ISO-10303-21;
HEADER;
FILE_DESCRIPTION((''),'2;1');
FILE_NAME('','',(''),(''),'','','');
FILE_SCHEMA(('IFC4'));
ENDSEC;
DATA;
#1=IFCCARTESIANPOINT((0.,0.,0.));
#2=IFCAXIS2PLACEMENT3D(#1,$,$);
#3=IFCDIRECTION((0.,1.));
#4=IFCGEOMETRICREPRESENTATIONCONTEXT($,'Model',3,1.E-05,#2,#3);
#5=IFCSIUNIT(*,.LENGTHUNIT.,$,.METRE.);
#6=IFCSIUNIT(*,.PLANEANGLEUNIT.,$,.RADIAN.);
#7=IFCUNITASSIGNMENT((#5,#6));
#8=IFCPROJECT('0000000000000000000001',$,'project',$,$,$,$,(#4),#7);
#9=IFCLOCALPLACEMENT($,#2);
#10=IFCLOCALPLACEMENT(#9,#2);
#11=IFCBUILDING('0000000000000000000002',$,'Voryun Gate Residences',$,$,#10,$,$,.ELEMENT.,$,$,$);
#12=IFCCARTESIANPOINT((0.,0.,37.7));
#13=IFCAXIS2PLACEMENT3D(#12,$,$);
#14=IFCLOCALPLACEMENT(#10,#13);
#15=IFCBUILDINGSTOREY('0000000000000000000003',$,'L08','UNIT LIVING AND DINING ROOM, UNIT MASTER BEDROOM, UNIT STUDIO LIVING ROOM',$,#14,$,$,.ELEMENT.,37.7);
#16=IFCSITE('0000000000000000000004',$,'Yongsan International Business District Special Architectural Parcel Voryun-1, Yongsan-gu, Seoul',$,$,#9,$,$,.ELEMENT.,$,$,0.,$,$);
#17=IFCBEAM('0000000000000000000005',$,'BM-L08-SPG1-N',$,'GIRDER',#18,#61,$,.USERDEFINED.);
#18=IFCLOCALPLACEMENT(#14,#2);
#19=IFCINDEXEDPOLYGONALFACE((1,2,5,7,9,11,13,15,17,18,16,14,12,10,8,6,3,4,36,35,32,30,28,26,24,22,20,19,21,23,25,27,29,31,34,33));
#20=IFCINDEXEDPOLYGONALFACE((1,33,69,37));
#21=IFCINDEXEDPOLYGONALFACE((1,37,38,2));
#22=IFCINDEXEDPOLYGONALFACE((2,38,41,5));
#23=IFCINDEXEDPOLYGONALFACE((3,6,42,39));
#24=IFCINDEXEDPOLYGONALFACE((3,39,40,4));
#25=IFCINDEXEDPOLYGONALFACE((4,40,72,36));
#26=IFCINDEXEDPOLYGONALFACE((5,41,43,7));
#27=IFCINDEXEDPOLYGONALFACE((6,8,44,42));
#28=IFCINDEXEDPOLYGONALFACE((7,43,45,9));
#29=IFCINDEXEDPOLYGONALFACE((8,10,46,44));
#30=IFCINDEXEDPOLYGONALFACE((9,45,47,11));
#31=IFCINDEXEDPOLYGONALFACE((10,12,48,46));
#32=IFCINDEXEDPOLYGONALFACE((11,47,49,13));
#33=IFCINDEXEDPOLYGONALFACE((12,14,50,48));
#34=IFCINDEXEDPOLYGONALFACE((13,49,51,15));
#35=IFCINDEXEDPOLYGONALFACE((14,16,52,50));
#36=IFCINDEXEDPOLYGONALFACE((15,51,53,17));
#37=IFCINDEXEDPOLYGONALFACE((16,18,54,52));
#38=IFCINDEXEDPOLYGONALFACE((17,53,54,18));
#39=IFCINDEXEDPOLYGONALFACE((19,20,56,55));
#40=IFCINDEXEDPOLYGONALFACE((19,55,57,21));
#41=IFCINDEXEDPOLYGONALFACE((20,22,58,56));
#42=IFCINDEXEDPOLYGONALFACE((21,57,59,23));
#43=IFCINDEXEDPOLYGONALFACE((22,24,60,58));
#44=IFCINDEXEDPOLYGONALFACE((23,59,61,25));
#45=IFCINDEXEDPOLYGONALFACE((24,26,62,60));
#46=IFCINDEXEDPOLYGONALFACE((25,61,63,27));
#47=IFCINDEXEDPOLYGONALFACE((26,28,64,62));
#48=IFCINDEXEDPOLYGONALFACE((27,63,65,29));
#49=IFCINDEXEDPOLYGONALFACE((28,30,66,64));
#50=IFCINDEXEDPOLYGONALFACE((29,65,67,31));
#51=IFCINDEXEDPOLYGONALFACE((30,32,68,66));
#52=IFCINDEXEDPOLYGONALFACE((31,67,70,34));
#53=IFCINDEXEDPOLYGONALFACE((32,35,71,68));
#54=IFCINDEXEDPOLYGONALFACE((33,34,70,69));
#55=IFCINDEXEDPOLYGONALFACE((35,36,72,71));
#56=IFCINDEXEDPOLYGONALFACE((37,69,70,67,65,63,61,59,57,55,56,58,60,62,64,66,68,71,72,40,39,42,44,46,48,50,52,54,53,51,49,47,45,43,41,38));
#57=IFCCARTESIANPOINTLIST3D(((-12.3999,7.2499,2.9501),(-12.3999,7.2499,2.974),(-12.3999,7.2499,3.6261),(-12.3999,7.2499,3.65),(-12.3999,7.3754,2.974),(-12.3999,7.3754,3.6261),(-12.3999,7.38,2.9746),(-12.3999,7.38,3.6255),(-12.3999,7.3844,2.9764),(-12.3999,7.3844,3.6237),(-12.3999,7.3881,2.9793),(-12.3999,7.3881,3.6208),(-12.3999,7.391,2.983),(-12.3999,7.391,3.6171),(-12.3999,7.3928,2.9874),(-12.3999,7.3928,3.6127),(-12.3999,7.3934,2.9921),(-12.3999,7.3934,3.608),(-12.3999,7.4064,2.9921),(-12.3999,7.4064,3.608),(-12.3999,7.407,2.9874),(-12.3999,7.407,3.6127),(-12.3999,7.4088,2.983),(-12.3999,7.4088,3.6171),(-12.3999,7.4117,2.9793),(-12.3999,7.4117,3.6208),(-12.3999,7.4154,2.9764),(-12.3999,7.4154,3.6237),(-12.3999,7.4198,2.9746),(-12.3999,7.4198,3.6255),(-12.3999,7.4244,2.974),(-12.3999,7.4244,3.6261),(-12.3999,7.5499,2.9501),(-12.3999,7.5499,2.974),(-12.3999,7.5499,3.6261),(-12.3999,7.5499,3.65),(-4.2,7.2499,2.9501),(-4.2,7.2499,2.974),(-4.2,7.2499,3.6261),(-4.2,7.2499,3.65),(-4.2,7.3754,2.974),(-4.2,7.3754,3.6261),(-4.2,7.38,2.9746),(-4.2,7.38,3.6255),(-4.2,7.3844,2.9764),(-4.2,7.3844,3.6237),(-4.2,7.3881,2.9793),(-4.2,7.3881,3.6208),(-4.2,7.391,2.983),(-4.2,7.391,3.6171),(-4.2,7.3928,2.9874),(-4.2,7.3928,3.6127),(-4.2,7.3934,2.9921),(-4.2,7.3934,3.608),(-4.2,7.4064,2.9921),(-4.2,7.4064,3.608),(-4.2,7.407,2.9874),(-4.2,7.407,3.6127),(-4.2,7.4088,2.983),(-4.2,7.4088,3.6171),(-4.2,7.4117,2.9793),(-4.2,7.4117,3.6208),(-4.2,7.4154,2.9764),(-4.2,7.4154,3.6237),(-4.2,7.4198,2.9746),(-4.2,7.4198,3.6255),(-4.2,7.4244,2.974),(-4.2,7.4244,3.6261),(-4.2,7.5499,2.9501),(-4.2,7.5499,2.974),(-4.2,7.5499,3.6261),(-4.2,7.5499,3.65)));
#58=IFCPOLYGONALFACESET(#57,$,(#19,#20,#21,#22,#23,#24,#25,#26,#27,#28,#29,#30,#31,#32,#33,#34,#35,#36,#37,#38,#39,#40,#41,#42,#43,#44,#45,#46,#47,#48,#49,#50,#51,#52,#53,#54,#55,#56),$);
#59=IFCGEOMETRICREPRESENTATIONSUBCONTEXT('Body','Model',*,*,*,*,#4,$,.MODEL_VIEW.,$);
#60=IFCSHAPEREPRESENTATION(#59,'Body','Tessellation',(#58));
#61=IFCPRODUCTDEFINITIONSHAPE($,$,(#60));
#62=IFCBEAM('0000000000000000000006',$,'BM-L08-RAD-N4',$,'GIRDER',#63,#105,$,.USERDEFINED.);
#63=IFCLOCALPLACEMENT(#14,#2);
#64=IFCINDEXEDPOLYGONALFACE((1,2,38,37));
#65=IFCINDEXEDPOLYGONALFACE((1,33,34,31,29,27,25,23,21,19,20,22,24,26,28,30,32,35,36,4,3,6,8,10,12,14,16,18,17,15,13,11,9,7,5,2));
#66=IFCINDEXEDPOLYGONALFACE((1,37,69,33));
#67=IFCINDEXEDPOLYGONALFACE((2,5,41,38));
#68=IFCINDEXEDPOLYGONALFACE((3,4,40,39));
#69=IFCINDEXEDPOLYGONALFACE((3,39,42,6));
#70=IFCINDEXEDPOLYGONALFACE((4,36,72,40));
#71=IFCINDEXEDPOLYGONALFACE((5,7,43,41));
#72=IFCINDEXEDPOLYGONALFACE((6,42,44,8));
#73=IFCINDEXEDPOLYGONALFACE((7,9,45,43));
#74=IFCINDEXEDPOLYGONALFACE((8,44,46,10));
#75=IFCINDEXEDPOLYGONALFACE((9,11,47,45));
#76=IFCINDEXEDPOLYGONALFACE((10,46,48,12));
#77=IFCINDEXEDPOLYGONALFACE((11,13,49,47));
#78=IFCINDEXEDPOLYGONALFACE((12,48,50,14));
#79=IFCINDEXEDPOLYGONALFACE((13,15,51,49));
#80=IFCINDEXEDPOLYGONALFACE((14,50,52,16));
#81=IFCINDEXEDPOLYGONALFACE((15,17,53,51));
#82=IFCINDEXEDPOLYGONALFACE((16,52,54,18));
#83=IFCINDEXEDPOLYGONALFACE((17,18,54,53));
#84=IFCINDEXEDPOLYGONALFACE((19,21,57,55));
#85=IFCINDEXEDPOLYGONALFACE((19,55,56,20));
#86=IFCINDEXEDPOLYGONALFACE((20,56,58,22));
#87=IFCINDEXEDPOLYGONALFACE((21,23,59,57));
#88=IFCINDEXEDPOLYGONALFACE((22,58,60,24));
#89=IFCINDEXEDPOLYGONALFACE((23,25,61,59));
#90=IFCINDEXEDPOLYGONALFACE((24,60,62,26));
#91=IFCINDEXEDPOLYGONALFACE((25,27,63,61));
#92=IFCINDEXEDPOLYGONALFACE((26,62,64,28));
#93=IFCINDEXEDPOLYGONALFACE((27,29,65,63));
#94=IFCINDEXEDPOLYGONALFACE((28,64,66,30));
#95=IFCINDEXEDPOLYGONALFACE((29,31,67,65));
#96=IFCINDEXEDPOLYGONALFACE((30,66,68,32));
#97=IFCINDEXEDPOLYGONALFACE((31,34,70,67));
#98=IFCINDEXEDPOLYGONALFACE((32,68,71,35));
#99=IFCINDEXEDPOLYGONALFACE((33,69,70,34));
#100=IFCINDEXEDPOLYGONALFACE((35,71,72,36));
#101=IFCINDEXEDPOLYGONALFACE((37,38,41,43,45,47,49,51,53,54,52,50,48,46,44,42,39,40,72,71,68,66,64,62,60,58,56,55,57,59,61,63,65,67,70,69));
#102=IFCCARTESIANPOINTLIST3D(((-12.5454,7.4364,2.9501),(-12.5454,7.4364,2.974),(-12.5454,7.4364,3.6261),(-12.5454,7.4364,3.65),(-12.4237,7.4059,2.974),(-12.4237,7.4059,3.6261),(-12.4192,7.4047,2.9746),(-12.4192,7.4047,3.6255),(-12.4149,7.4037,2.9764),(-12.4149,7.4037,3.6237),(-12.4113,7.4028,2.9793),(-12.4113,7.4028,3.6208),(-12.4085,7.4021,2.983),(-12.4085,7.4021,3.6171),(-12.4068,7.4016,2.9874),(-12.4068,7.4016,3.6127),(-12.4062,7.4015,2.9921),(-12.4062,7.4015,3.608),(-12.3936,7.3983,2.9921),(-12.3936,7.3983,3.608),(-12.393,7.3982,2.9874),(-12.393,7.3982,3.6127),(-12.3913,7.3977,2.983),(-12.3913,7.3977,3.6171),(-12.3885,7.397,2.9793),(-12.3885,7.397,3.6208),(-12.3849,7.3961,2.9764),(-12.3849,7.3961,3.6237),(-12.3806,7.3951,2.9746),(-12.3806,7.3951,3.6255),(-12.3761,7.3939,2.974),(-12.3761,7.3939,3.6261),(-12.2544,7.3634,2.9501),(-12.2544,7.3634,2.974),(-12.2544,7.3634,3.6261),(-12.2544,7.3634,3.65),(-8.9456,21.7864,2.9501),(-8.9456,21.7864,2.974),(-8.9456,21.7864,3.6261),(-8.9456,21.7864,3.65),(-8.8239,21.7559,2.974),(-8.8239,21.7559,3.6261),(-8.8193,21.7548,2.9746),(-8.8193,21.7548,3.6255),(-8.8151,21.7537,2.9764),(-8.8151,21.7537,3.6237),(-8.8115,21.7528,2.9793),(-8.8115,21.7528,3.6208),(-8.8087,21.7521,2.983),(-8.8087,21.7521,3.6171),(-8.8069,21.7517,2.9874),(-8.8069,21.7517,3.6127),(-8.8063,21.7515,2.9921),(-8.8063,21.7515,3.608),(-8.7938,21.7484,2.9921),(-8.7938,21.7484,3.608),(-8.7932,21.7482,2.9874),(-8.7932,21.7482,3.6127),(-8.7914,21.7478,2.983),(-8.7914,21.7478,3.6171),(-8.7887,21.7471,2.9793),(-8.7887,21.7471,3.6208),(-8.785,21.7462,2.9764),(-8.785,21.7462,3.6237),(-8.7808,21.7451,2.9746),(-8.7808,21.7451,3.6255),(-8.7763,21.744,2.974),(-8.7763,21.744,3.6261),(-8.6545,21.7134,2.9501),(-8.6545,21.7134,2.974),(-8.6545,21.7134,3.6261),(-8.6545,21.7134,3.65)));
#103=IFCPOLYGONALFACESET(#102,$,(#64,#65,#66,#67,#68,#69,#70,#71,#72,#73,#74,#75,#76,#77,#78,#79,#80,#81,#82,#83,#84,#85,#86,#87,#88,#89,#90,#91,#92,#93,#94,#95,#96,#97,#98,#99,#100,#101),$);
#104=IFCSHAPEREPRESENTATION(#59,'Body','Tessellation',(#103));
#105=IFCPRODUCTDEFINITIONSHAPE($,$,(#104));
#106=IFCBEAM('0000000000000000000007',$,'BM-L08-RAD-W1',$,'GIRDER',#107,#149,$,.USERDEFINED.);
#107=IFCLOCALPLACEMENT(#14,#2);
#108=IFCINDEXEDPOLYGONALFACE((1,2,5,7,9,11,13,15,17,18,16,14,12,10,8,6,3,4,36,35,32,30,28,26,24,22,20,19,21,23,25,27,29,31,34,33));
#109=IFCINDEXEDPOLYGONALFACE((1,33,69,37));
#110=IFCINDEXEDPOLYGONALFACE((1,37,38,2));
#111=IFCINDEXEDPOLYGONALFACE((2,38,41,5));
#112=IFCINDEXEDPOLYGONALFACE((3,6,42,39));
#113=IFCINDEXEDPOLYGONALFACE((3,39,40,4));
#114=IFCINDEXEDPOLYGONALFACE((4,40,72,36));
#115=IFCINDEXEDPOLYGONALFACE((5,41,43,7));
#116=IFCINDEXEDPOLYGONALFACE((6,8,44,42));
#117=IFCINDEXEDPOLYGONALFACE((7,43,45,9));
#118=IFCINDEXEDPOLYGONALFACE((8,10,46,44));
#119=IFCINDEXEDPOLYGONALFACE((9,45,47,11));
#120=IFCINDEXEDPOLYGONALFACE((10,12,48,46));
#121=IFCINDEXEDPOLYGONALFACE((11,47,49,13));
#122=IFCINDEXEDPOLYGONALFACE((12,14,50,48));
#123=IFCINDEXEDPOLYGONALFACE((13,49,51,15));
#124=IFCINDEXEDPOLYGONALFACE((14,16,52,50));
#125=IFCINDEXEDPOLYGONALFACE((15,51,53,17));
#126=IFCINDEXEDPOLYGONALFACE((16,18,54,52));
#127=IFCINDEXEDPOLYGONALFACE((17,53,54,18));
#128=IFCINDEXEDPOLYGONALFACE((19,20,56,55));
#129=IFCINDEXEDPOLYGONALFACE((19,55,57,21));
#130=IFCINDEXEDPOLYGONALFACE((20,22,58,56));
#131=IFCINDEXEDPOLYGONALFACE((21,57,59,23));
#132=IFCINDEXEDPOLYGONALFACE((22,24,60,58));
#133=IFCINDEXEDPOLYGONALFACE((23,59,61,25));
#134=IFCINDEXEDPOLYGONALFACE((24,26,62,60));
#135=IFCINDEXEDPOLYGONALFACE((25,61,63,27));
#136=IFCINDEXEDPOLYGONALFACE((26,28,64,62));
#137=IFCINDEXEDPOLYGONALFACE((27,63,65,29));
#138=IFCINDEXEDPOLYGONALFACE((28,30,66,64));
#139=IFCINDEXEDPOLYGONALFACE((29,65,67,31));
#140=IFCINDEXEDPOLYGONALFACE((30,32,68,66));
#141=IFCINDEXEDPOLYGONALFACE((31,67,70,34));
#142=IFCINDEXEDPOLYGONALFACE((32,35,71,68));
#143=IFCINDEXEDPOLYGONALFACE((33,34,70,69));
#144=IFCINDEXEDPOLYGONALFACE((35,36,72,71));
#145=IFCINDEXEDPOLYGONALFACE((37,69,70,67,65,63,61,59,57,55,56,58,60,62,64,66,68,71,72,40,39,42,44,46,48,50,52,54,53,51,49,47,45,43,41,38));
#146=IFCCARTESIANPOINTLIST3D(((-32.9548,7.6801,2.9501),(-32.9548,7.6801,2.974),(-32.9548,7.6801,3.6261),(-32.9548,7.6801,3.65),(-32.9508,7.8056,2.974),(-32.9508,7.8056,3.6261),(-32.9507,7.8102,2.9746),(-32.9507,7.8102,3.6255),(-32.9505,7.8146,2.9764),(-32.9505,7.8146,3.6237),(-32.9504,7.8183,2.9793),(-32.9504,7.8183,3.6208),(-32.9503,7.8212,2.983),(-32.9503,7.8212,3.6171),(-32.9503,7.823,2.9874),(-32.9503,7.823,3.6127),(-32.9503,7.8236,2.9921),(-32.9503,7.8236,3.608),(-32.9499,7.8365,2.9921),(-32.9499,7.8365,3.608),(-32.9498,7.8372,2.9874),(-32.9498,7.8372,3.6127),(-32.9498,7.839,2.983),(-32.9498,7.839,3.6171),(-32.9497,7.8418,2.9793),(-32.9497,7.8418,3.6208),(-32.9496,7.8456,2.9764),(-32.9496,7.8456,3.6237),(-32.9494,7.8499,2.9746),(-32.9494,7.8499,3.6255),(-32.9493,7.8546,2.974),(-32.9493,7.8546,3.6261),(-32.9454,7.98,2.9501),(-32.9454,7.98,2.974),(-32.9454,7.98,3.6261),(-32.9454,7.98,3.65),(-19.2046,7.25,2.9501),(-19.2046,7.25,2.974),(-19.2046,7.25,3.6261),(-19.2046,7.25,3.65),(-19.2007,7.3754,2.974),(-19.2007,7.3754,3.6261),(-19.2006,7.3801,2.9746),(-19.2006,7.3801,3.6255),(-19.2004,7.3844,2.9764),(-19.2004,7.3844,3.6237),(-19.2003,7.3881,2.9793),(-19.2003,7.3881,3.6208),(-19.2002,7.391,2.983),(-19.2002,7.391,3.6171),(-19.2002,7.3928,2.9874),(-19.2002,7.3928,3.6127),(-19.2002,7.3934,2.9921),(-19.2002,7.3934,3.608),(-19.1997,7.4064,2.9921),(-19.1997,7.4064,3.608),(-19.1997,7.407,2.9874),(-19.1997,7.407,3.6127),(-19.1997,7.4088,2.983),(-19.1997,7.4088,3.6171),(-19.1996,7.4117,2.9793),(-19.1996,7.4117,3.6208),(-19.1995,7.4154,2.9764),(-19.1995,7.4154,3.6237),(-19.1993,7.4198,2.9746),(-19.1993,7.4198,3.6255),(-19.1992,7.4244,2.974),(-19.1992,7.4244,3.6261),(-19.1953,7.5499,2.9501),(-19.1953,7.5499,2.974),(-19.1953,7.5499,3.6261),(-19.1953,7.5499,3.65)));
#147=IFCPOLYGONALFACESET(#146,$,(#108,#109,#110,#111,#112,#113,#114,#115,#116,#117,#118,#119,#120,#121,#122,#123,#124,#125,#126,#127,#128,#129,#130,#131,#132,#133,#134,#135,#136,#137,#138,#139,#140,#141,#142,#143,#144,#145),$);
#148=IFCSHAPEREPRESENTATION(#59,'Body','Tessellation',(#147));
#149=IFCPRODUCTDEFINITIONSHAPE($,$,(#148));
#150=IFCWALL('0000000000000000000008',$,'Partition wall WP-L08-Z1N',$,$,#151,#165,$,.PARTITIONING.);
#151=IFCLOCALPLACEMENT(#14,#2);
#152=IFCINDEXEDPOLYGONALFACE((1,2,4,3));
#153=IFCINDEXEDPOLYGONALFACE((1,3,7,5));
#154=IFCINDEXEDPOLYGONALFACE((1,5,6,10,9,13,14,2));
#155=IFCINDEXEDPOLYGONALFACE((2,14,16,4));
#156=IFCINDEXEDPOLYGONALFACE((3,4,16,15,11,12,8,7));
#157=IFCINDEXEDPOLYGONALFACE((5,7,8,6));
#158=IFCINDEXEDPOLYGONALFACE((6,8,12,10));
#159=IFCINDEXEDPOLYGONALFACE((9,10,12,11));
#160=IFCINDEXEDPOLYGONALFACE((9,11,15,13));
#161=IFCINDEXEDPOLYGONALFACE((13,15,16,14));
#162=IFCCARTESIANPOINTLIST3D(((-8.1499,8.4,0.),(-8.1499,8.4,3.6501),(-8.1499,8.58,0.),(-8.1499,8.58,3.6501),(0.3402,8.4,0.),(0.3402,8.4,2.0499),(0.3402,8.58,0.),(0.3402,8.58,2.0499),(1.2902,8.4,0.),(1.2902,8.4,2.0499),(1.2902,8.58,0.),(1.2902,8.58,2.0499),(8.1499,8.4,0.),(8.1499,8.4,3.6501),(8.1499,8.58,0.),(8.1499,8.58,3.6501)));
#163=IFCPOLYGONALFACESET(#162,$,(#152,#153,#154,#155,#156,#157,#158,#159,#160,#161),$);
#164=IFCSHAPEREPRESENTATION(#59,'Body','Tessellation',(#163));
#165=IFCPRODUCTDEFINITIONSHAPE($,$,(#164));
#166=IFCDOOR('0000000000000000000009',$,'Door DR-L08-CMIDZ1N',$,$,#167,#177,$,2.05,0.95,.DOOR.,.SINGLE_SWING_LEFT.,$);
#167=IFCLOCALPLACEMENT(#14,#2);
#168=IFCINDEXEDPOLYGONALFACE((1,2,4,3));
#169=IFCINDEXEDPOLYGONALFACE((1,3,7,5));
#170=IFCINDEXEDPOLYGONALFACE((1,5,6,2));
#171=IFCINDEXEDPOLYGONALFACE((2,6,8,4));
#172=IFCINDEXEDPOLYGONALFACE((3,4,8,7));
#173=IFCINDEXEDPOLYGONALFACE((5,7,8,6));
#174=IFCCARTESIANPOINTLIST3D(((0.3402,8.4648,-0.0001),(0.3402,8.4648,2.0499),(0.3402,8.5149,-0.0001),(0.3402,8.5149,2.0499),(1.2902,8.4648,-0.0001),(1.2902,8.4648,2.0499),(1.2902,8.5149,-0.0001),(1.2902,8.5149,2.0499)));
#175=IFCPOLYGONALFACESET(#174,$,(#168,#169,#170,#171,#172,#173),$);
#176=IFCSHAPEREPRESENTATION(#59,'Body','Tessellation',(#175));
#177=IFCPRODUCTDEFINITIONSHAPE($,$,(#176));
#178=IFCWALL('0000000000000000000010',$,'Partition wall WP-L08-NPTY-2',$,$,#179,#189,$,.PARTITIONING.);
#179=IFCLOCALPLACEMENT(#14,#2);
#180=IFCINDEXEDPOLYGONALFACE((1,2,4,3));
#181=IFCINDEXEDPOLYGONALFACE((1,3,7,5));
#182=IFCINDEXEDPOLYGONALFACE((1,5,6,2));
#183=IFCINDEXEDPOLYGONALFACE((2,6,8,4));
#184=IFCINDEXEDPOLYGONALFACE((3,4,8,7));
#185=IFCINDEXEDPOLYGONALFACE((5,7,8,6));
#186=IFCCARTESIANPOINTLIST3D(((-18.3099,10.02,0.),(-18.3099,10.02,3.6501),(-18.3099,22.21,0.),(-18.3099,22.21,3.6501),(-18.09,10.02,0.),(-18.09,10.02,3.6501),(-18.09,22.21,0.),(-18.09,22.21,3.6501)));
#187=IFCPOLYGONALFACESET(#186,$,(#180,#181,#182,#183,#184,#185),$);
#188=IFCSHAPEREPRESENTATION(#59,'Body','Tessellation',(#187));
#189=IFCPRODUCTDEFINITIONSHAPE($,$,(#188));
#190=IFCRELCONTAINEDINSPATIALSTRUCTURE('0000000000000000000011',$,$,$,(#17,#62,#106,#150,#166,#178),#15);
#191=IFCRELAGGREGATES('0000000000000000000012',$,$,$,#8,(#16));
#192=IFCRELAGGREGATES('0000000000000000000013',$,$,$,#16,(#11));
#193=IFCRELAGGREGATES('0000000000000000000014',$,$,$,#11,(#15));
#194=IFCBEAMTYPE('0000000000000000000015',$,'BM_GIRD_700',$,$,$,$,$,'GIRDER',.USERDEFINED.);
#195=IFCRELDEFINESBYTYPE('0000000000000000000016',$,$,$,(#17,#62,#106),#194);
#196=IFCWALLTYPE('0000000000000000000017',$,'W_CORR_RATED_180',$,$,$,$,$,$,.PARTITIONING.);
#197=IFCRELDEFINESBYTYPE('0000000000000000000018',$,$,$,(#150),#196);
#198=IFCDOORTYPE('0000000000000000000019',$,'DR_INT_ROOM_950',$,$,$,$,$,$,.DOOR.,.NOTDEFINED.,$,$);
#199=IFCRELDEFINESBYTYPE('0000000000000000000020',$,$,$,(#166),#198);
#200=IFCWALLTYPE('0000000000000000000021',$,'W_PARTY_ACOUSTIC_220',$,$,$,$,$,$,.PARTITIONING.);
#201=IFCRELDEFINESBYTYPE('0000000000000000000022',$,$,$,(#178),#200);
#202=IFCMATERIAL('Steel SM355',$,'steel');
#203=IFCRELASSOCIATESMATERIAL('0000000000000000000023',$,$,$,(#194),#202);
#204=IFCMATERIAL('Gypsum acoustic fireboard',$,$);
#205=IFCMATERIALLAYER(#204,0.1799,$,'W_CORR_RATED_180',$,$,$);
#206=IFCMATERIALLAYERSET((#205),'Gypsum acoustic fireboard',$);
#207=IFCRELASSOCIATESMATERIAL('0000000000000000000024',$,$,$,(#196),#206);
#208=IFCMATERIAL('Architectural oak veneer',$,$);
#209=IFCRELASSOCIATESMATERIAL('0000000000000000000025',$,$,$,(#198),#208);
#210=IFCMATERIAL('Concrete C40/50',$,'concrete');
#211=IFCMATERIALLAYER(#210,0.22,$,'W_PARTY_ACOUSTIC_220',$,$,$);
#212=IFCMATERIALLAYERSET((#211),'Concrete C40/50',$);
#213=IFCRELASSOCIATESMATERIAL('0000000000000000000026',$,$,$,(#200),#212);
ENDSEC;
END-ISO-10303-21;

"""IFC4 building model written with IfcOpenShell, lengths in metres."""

from ifc_helpers import new_model, si_unit, direction, frame, frame_2d, origin, origin_2d, place, context, subcontext, project, spatial, rectangle, i_section, extrude, material, layer, layer_set, material_profile, profile_set, type_object, element, fill, save


model = new_model("IFC4")

# Units and contexts
model_context = context("Model", 3, precision=1e-05, world=origin(), true_north=direction((0.0, 1.0)))
body_context = subcontext(model_context, "Body", "Model", "MODEL_VIEW")
ifc_project = project(units=[si_unit("LENGTHUNIT", "METRE"), si_unit("PLANEANGLEUNIT", "RADIAN")], contexts=[model_context])

# Site, building, storey
site_placement = place(None, origin())
site = spatial("IfcSite", under=ifc_project, at=site_placement, Name="Yongsan International Business District Special Architectural Parcel Voryun-1, Yongsan-gu, Seoul", CompositionType="ELEMENT", RefElevation=0.0)
building_placement = place(site_placement, origin())
building = spatial("IfcBuilding", under=site, at=building_placement, Name="Voryun Gate Residences", CompositionType="ELEMENT")
storey_placement = place(building_placement, frame((0.0, 0.0, 37.7)))
storey = spatial("IfcBuildingStorey", under=building, at=storey_placement, Name="L08", Description="UNIT LIVING AND DINING ROOM, UNIT MASTER BEDROOM, UNIT STUDIO LIVING ROOM", CompositionType="ELEMENT", Elevation=37.7)

# Beams
ifc_material_1 = material(Name="Steel SM355", Category="steel")
ifc_material_profile_1 = material_profile(ifc_material_1, i_section(OverallWidth=0.3, OverallDepth=0.7, WebThickness=0.0129, FlangeThickness=0.0239, FilletRadius=0.0181, at=origin_2d()), Name="H-700x300x13x24")
ifc_profile_set_1 = profile_set([ifc_material_profile_1], Name="Steel SM355")
beam_type_1 = type_object("IfcBeamType", Name="BM_GIRD_700", ElementType="GIRDER", PredefinedType="USERDEFINED", material=ifc_profile_set_1)
beam_1_placement = place(storey_placement, frame((-12.3999, 7.3999, 3.3), z_axis=(1.0, 0.0, 0.0), x_axis=(0.0, 1.0, 0.0)))
element("IfcBeam", 1, at=beam_1_placement, inside=storey, type_object=beam_type_1, Name="BM-L08-SPG1-N", ObjectType="GIRDER", PredefinedType="USERDEFINED", context=body_context, shape_type="SweptSolid", body=[
    extrude(i_section(OverallWidth=0.3, OverallDepth=0.7, WebThickness=0.0129, FlangeThickness=0.0239, FilletRadius=0.0181, at=origin_2d()), origin(), (0.0, 0.0, 1.0), 8.2),
])
beam_2_placement = place(storey_placement, frame((-12.3999, 7.3999, 3.3), z_axis=(0.24332, 0.969946, 0.0), x_axis=(-0.969946, 0.24332, 0.0)))
element("IfcBeam", 2, at=beam_2_placement, inside=storey, type_object=beam_type_1, Name="BM-L08-RAD-N4", ObjectType="GIRDER", PredefinedType="USERDEFINED", context=body_context, shape_type="SweptSolid", body=[
    extrude(i_section(OverallWidth=0.3, OverallDepth=0.7, WebThickness=0.0129, FlangeThickness=0.0239, FilletRadius=0.0181, at=origin_2d()), origin(), (0.0, 0.0, 1.0), 14.7947),
])
beam_3_placement = place(storey_placement, frame((-19.2, 7.3999, 3.3), z_axis=(-0.999511, 0.03127, 0.0), x_axis=(-0.03127, -0.999511, 0.0)))
element("IfcBeam", 3, at=beam_3_placement, inside=storey, type_object=beam_type_1, Name="BM-L08-RAD-W1", ObjectType="GIRDER", PredefinedType="USERDEFINED", context=body_context, shape_type="SweptSolid", body=[
    extrude(i_section(OverallWidth=0.3, OverallDepth=0.7, WebThickness=0.0129, FlangeThickness=0.0239, FilletRadius=0.0181, at=origin_2d()), origin(), (0.0, 0.0, 1.0), 13.7568),
])

# Wall, opening, door
ifc_material_2 = material(Name="Gypsum acoustic fireboard")
ifc_layer_1 = layer(ifc_material_2, 0.1799, Name="W_CORR_RATED_180")
ifc_layer_set_1 = layer_set([ifc_layer_1], Name="Gypsum acoustic fireboard")
wall_type_1 = type_object("IfcWallType", Name="W_CORR_RATED_180", PredefinedType="PARTITIONING", material=ifc_layer_set_1)
wall_1_placement = place(storey_placement, frame((-8.1499, 8.49, 0.0), z_axis=(0.0, 0.0, 1.0), x_axis=(1.0, 0.0, 0.0)))
wall_1 = element("IfcWall", 4, at=wall_1_placement, inside=storey, type_object=wall_type_1, Name="Partition wall WP-L08-Z1N", PredefinedType="PARTITIONING", context=body_context, shape_type="SweptSolid", body=[
    extrude(rectangle(XDim=16.2998, YDim=0.1799, at=frame_2d((8.1499, 0.0))), origin(), (0.0, 0.0, 1.0), 3.6501),
])
opening_1_placement = place(wall_1_placement, frame((8.49, 0.0, 0.0)))
opening_1 = element("IfcOpeningElement", 5, at=opening_1_placement, cuts=wall_1, PredefinedType="OPENING", context=body_context, shape_type="SweptSolid", body=[
    extrude(rectangle(XDim=0.95, YDim=2.05, at=frame_2d((0.4751, 1.0249))), frame((0.0, 0.0999, 0.0), z_axis=(0.0, -1.0, 0.0), x_axis=(1.0, 0.0, 0.0)), (0.0, 0.0, 1.0), 0.2),
])
ifc_material_3 = material(Name="Architectural oak veneer")
door_type_1 = type_object("IfcDoorType", Name="DR_INT_ROOM_950", OperationType="NOTDEFINED", PredefinedType="DOOR", material=ifc_material_3)
door_1_placement = place(opening_1_placement, origin())
door_1 = element("IfcDoor", 6, at=door_1_placement, inside=storey, type_object=door_type_1, Name="Door DR-L08-CMIDZ1N", OperationType="SINGLE_SWING_LEFT", OverallHeight=2.05, OverallWidth=0.95, PredefinedType="DOOR", context=body_context, shape_type="SweptSolid", body=[
    extrude(rectangle(XDim=0.95, YDim=2.05, at=frame_2d((0.4751, 1.0249))), frame((0.0, 0.0249, 0.0), z_axis=(0.0, -1.0, 0.0), x_axis=(1.0, 0.0, 0.0)), (0.0, 0.0, 1.0), 0.05),
])
fill(opening_1, door_1)

# Wall
ifc_material_4 = material(Name="Concrete C40/50", Category="concrete")
ifc_layer_2 = layer(ifc_material_4, 0.22, Name="W_PARTY_ACOUSTIC_220")
ifc_layer_set_2 = layer_set([ifc_layer_2], Name="Concrete C40/50")
wall_type_2 = type_object("IfcWallType", Name="W_PARTY_ACOUSTIC_220", PredefinedType="PARTITIONING", material=ifc_layer_set_2)
for number, where, z_axis, x_axis, name in (
    (7, (-18.2, 10.02, 0.0), (0.0, 0.0, 1.0), (0.0, 1.0, 0.0), "Partition wall WP-L08-NPTY-2"),
):
    element("IfcWall", number, at=place(storey_placement, frame(where, z_axis=z_axis, x_axis=x_axis)), inside=storey, type_object=wall_type_2, Name=name, PredefinedType="PARTITIONING", context=body_context, shape_type="SweptSolid", body=[
        extrude(rectangle(XDim=12.1899, YDim=0.22, at=frame_2d((6.095, 0.0))), origin(), (0.0, 0.0, 1.0), 3.6501),
    ])

save(model, "model.ifc")
